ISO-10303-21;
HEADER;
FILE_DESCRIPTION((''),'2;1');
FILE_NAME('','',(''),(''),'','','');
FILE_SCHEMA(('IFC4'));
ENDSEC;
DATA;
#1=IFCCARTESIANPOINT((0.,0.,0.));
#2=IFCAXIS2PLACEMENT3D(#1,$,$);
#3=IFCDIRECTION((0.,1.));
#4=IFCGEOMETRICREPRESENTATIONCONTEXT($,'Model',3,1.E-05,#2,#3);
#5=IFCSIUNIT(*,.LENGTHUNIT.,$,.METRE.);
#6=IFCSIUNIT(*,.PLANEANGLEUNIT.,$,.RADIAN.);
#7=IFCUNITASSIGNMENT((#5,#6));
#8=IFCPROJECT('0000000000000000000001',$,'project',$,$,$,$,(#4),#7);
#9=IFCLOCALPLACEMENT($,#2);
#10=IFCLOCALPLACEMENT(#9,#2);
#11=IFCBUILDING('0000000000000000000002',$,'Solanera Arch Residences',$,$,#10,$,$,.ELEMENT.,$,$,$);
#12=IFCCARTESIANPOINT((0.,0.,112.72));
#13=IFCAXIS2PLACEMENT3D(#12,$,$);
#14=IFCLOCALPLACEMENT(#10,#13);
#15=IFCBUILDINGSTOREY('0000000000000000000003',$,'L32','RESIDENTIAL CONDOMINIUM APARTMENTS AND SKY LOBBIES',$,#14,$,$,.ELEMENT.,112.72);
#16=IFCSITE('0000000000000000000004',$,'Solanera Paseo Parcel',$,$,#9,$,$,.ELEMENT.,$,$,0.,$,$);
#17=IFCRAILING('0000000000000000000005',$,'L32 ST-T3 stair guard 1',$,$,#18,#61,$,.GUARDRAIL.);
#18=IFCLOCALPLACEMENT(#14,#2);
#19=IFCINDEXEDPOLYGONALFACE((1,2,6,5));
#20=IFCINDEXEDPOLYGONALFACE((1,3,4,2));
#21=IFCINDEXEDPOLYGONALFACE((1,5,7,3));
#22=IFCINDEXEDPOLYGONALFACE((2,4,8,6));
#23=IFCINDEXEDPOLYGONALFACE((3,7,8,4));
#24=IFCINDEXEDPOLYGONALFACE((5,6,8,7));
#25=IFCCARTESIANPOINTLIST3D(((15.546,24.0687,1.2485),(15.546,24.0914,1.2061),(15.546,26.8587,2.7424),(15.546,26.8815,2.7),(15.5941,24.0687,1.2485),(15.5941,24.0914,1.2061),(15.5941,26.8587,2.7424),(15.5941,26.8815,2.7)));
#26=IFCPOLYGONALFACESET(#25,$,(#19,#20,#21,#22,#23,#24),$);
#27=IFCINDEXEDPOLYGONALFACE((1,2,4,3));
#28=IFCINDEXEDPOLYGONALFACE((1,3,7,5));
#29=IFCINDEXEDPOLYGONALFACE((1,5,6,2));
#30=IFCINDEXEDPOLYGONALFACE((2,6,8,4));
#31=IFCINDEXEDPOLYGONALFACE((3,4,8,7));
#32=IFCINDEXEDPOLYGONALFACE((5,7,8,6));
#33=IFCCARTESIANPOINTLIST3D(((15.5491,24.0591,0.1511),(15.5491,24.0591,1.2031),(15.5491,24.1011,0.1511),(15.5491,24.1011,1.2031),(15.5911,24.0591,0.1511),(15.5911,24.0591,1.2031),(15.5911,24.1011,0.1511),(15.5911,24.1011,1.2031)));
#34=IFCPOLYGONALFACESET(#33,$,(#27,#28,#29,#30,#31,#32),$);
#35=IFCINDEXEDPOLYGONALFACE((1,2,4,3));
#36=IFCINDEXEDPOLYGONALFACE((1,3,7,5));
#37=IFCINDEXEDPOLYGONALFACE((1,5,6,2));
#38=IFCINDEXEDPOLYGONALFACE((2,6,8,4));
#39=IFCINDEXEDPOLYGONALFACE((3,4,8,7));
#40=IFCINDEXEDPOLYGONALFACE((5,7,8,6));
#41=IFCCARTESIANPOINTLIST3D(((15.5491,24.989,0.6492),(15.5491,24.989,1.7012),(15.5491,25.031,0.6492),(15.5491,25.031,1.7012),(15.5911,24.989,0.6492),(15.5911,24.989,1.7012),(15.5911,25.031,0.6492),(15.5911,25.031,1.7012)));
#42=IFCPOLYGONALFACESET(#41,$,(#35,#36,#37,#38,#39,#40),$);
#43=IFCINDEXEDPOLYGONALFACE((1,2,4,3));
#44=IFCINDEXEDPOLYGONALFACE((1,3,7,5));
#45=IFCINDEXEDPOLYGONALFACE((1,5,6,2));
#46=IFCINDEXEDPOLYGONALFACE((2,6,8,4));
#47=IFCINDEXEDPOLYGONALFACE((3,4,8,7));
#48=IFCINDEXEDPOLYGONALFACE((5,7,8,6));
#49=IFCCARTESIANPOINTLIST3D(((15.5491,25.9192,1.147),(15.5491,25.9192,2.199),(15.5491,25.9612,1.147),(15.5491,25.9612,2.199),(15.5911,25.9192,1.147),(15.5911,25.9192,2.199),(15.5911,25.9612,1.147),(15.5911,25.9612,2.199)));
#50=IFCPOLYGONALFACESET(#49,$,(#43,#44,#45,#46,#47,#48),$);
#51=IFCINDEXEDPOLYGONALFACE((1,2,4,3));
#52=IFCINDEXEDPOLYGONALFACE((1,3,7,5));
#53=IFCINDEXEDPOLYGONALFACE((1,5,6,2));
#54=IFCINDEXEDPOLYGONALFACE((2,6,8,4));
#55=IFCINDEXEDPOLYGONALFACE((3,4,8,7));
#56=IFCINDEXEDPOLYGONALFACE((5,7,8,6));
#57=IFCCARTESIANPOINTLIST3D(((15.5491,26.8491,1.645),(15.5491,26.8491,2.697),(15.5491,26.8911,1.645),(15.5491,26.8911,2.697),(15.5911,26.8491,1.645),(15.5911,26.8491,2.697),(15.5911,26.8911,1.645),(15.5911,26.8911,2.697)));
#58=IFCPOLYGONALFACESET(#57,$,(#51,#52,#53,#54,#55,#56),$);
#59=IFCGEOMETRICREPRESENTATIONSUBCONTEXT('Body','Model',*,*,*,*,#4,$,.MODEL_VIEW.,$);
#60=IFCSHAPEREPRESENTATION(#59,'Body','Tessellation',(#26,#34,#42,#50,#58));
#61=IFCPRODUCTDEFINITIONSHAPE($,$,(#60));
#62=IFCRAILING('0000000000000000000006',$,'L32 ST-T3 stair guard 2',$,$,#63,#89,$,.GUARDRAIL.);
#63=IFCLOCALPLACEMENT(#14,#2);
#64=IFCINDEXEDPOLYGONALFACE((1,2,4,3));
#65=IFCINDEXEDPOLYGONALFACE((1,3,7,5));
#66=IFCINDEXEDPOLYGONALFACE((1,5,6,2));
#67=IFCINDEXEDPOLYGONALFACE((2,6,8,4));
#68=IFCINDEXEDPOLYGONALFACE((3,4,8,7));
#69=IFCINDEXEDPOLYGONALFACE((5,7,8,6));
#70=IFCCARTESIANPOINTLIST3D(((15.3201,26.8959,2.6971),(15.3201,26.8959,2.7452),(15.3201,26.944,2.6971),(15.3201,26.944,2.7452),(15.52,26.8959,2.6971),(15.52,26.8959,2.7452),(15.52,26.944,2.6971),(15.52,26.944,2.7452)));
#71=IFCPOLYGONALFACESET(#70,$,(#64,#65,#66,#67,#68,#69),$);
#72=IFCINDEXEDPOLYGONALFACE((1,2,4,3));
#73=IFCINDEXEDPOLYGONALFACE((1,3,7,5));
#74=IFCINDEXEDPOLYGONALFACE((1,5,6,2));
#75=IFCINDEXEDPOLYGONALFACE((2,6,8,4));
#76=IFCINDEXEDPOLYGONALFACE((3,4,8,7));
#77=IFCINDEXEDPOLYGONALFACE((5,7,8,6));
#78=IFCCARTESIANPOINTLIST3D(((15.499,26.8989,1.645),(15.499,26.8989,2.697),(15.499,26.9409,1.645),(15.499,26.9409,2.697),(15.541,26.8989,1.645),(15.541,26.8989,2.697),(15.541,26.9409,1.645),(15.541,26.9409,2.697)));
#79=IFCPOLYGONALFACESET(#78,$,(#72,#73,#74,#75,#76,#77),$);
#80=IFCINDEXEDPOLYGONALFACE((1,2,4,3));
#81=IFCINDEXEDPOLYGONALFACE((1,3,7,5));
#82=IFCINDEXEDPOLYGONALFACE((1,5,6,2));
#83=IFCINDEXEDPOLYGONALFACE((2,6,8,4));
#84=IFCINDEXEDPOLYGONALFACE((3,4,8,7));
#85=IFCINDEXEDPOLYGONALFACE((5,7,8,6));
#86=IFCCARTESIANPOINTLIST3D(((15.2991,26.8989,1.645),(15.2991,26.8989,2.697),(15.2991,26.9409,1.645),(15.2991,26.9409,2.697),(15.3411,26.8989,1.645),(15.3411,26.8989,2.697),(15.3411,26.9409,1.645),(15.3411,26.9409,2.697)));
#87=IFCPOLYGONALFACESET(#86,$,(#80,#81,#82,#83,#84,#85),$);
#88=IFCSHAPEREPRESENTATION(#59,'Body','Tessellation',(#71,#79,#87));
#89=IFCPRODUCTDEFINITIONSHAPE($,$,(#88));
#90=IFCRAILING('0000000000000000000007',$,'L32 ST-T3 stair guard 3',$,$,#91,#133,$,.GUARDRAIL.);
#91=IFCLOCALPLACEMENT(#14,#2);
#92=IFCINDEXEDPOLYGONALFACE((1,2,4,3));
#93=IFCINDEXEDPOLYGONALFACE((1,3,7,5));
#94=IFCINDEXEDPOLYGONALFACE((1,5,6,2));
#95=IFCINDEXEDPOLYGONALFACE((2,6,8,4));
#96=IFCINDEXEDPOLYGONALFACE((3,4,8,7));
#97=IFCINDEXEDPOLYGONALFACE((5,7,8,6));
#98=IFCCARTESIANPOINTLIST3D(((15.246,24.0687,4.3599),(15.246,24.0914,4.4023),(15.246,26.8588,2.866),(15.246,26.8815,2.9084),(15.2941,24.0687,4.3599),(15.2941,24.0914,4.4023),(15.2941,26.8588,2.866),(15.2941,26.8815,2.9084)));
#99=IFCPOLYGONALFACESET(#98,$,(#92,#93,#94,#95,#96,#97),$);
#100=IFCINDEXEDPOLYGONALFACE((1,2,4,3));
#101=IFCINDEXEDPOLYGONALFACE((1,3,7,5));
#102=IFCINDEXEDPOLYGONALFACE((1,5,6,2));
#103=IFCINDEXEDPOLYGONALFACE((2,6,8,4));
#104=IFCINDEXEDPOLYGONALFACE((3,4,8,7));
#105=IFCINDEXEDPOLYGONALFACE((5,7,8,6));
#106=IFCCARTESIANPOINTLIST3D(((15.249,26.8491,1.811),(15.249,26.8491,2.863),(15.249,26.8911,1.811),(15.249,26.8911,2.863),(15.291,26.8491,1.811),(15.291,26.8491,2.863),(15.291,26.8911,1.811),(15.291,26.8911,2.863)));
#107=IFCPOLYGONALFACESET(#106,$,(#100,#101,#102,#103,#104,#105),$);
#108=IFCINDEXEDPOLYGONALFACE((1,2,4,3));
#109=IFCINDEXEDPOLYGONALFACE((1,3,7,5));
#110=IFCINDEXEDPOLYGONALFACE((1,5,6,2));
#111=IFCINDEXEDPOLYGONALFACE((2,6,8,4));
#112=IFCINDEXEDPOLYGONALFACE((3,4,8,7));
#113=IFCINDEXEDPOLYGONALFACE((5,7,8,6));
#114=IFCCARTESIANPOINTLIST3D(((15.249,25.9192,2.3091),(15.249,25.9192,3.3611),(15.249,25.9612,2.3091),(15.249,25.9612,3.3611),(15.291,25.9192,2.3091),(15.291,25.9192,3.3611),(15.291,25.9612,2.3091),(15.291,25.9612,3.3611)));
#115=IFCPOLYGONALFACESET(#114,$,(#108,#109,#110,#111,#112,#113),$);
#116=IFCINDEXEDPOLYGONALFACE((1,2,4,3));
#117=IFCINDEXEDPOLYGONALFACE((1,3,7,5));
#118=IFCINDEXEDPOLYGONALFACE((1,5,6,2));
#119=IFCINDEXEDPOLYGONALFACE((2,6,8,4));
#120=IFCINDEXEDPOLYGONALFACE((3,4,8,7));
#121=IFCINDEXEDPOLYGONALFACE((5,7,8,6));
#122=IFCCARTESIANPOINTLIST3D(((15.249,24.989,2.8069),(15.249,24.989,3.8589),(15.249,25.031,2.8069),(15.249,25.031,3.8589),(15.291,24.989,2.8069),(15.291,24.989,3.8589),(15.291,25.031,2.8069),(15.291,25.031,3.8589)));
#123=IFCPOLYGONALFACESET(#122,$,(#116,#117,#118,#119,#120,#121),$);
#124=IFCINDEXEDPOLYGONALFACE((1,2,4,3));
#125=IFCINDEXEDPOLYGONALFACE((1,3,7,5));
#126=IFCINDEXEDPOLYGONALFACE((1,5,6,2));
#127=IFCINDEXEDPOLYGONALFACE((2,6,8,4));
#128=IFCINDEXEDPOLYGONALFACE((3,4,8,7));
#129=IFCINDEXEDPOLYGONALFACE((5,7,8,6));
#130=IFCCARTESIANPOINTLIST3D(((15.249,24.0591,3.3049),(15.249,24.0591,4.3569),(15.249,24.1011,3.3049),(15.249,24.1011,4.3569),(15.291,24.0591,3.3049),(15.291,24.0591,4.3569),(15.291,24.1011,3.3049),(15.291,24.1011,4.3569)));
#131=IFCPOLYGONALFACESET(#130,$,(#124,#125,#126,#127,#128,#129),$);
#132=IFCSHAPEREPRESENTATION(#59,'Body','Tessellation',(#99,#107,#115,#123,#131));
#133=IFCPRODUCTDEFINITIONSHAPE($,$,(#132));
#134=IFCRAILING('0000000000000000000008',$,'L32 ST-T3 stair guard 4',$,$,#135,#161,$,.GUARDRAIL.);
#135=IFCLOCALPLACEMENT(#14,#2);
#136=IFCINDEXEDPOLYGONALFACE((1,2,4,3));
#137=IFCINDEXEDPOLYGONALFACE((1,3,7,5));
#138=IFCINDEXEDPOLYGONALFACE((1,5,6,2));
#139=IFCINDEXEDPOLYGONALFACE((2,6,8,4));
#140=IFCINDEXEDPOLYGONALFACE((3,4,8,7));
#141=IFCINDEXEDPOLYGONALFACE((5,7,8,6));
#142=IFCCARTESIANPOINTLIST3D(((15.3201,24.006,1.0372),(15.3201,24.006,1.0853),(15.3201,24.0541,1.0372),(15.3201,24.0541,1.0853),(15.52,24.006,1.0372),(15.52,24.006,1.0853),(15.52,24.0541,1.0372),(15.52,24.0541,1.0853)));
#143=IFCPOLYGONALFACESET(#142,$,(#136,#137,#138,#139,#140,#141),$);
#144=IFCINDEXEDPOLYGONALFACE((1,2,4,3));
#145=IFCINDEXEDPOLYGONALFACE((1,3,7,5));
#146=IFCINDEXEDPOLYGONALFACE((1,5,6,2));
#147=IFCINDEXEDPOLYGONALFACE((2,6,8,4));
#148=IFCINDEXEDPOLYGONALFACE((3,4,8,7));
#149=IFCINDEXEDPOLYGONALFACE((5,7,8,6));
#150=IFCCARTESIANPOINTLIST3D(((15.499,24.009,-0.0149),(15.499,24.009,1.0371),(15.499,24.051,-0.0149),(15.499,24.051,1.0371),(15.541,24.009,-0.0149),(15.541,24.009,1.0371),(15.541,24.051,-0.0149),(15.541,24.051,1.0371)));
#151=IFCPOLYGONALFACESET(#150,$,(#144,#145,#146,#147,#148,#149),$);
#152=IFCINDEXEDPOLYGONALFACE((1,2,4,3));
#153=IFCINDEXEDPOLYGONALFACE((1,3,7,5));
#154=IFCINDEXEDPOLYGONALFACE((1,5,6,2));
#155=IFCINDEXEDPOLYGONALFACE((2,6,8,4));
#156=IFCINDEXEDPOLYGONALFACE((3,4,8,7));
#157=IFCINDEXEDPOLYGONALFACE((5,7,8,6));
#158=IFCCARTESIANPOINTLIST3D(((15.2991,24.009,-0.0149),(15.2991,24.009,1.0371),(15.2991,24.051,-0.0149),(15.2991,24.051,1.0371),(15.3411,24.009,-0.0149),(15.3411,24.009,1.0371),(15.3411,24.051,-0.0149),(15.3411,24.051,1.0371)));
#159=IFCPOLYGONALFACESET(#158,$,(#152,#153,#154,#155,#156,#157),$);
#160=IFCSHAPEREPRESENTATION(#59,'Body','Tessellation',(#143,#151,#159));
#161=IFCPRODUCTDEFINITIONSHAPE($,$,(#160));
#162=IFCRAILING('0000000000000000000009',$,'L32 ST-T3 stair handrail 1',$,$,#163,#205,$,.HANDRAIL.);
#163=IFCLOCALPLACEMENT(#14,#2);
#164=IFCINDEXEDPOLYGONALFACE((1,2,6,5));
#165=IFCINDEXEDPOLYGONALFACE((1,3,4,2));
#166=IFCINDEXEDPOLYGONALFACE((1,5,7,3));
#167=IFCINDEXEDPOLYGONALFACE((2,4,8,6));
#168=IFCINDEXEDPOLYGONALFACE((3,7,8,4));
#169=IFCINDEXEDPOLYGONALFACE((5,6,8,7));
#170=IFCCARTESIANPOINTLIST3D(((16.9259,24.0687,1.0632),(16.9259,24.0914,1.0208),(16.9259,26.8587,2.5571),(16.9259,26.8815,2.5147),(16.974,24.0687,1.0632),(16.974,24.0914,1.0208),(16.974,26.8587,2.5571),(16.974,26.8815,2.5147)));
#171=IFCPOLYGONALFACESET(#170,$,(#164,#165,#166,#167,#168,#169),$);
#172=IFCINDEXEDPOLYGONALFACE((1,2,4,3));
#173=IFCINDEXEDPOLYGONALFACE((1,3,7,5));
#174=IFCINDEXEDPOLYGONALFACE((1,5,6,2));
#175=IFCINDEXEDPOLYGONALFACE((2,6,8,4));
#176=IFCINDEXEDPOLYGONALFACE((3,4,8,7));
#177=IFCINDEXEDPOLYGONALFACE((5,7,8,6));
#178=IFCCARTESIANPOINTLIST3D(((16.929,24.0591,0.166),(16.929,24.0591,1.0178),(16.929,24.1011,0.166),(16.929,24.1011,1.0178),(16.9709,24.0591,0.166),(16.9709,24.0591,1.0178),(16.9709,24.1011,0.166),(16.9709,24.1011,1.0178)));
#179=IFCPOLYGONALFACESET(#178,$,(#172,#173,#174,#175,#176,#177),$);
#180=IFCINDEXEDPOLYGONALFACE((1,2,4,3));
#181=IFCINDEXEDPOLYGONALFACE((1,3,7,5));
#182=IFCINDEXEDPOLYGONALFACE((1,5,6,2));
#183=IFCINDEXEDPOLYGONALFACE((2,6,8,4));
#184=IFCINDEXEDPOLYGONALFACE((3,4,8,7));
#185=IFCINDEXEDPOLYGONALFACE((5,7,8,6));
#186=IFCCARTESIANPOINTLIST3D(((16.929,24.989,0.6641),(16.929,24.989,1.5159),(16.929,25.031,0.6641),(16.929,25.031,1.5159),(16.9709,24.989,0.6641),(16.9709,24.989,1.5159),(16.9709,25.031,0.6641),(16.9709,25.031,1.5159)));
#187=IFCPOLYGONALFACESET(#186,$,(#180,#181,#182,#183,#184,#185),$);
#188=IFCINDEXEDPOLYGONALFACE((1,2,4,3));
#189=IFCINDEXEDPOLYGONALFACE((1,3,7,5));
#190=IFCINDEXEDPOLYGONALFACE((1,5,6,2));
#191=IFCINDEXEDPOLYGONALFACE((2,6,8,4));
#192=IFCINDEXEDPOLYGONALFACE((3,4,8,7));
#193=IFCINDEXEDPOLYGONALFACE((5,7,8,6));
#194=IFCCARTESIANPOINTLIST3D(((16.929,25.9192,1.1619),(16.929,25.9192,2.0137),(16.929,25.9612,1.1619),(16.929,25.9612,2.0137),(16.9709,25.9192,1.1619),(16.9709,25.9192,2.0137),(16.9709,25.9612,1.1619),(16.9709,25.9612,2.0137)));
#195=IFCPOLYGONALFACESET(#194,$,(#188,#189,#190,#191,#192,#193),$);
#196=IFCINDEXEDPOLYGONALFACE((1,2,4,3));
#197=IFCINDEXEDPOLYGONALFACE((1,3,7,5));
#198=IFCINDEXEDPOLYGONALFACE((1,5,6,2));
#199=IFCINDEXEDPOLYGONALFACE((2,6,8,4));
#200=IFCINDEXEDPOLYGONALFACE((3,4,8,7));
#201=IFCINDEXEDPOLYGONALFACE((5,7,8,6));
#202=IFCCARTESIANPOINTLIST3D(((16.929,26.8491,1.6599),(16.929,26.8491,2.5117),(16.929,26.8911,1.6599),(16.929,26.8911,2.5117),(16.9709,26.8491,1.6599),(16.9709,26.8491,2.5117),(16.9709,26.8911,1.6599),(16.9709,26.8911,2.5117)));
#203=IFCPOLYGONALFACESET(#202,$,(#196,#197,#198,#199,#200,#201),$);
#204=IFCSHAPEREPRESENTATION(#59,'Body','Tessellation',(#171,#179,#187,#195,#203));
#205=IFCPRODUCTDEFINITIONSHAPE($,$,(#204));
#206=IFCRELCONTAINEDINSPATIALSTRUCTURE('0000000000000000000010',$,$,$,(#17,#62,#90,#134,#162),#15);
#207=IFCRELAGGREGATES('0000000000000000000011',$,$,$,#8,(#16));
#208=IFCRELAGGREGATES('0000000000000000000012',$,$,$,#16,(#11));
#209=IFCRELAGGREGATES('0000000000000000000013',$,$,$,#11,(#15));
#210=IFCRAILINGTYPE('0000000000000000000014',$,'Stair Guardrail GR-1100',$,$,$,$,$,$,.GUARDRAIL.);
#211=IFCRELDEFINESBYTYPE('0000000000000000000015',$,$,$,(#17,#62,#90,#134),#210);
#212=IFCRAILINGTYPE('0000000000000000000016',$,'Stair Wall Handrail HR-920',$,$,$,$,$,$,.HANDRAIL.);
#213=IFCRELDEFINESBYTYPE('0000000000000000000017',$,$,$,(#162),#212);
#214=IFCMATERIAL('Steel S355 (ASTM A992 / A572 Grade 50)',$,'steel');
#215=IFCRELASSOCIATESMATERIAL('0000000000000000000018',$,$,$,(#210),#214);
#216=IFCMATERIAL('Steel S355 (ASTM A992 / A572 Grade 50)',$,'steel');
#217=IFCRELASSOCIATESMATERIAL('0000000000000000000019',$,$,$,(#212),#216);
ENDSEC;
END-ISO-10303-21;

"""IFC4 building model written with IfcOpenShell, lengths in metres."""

from ifc_helpers import new_model, si_unit, direction, frame, origin, origin_2d, place, context, subcontext, project, spatial, rectangle, extrude, material, type_object, element, save


model = new_model("IFC4")

# Units and contexts
model_context = context("Model", 3, precision=1e-05, world=origin(), true_north=direction((0.0, 1.0)))
body_context = subcontext(model_context, "Body", "Model", "MODEL_VIEW")
ifc_project = project(units=[si_unit("LENGTHUNIT", "METRE"), si_unit("PLANEANGLEUNIT", "RADIAN")], contexts=[model_context])

# Site, building, storey
site_placement = place(None, origin())
site = spatial("IfcSite", under=ifc_project, at=site_placement, Name="Solanera Paseo Parcel", CompositionType="ELEMENT", RefElevation=0.0)
building_placement = place(site_placement, origin())
building = spatial("IfcBuilding", under=site, at=building_placement, Name="Solanera Arch Residences", CompositionType="ELEMENT")
storey_placement = place(building_placement, frame((0.0, 0.0, 112.72)))
storey = spatial("IfcBuildingStorey", under=building, at=storey_placement, Name="L32", Description="RESIDENTIAL CONDOMINIUM APARTMENTS AND SKY LOBBIES", CompositionType="ELEMENT", Elevation=112.72)

# Railings
ifc_material_1 = material(Name="Steel S355 (ASTM A992 / A572 Grade 50)", Category="steel")
railing_type_1 = type_object("IfcRailingType", Name="Stair Guardrail GR-1100", PredefinedType="GUARDRAIL", material=ifc_material_1)
railing_1_placement = place(storey_placement, frame((15.5701, 24.0801, 0.1511)))
element("IfcRailing", 1, at=railing_1_placement, inside=storey, type_object=railing_type_1, Name="L32 ST-T3 stair guard 1", PredefinedType="GUARDRAIL", context=body_context, shape_type="SweptSolid", body=[
    extrude(rectangle(XDim=0.0481, YDim=0.0481, at=origin_2d()), frame((0.0, 0.0, 1.0762), z_axis=(0.0, 0.881581, 0.472033), x_axis=(-1.0, 0.0, 0.0)), (0.0, 0.0, 1.0), 3.1648),
    extrude(rectangle(XDim=0.042, YDim=0.042, at=origin_2d()), origin(), (0.0, 0.0, 1.0), 1.052),
    extrude(rectangle(XDim=0.042, YDim=0.042, at=origin_2d()), frame((0.0, 0.9299, 0.498)), (0.0, 0.0, 1.0), 1.052),
    extrude(rectangle(XDim=0.042, YDim=0.042, at=origin_2d()), frame((0.0, 1.8601, 0.9958)), (0.0, 0.0, 1.0), 1.052),
    extrude(rectangle(XDim=0.042, YDim=0.042, at=origin_2d()), frame((0.0, 2.79, 1.4939)), (0.0, 0.0, 1.0), 1.052),
])
railing_2_placement = place(storey_placement, frame((15.52, 26.9199, 1.645)))
element("IfcRailing", 2, at=railing_2_placement, inside=storey, type_object=railing_type_1, Name="L32 ST-T3 stair guard 2", PredefinedType="GUARDRAIL", context=body_context, shape_type="SweptSolid", body=[
    extrude(rectangle(XDim=0.0481, YDim=0.0481, at=origin_2d()), frame((0.0, 0.0, 1.0762), z_axis=(-1.0, 0.0, 0.0), x_axis=(0.0, -1.0, 0.0)), (0.0, 0.0, 1.0), 0.2),
    extrude(rectangle(XDim=0.042, YDim=0.042, at=origin_2d()), origin(), (0.0, 0.0, 1.0), 1.052),
    extrude(rectangle(XDim=0.042, YDim=0.042, at=origin_2d()), frame((-0.2, 0.0, 0.0)), (0.0, 0.0, 1.0), 1.052),
])
railing_3_placement = place(storey_placement, frame((15.27, 26.8701, 1.811)))
element("IfcRailing", 3, at=railing_3_placement, inside=storey, type_object=railing_type_1, Name="L32 ST-T3 stair guard 3", PredefinedType="GUARDRAIL", context=body_context, shape_type="SweptSolid", body=[
    extrude(rectangle(XDim=0.0481, YDim=0.0481, at=origin_2d()), frame((0.0, 0.0, 1.0762), z_axis=(0.0, -0.881581, 0.472033), x_axis=(1.0, 0.0, 0.0)), (0.0, 0.0, 1.0), 3.1648),
    extrude(rectangle(XDim=0.042, YDim=0.042, at=origin_2d()), origin(), (0.0, 0.0, 1.0), 1.052),
    extrude(rectangle(XDim=0.042, YDim=0.042, at=origin_2d()), frame((0.0, -0.9299, 0.498)), (0.0, 0.0, 1.0), 1.052),
    extrude(rectangle(XDim=0.042, YDim=0.042, at=origin_2d()), frame((0.0, -1.8601, 0.9958)), (0.0, 0.0, 1.0), 1.052),
    extrude(rectangle(XDim=0.042, YDim=0.042, at=origin_2d()), frame((0.0, -2.79, 1.4939)), (0.0, 0.0, 1.0), 1.052),
])
railing_4_placement = place(storey_placement, frame((15.52, 24.03, -0.0149)))
element("IfcRailing", 4, at=railing_4_placement, inside=storey, type_object=railing_type_1, Name="L32 ST-T3 stair guard 4", PredefinedType="GUARDRAIL", context=body_context, shape_type="SweptSolid", body=[
    extrude(rectangle(XDim=0.0481, YDim=0.0481, at=origin_2d()), frame((0.0, 0.0, 1.0762), z_axis=(-1.0, 0.0, 0.0), x_axis=(0.0, -1.0, 0.0)), (0.0, 0.0, 1.0), 0.2),
    extrude(rectangle(XDim=0.042, YDim=0.042, at=origin_2d()), origin(), (0.0, 0.0, 1.0), 1.052),
    extrude(rectangle(XDim=0.042, YDim=0.042, at=origin_2d()), frame((-0.2, 0.0, 0.0)), (0.0, 0.0, 1.0), 1.052),
])
ifc_material_2 = material(Name="Steel S355 (ASTM A992 / A572 Grade 50)", Category="steel")
railing_type_2 = type_object("IfcRailingType", Name="Stair Wall Handrail HR-920", PredefinedType="HANDRAIL", material=ifc_material_2)
railing_5_placement = place(storey_placement, frame((16.95, 24.0801, 0.166)))
element("IfcRailing", 5, at=railing_5_placement, inside=storey, type_object=railing_type_2, Name="L32 ST-T3 stair handrail 1", PredefinedType="HANDRAIL", context=body_context, shape_type="SweptSolid", body=[
    extrude(rectangle(XDim=0.0481, YDim=0.0481, at=origin_2d()), frame((0.0, 0.0, 0.876), z_axis=(0.0, 0.881581, 0.472033), x_axis=(-1.0, 0.0, 0.0)), (0.0, 0.0, 1.0), 3.1648),
    extrude(rectangle(XDim=0.042, YDim=0.042, at=origin_2d()), origin(), (0.0, 0.0, 1.0), 0.8518),
    extrude(rectangle(XDim=0.042, YDim=0.042, at=origin_2d()), frame((0.0, 0.9299, 0.498)), (0.0, 0.0, 1.0), 0.8518),
    extrude(rectangle(XDim=0.042, YDim=0.042, at=origin_2d()), frame((0.0, 1.8601, 0.9958)), (0.0, 0.0, 1.0), 0.8518),
    extrude(rectangle(XDim=0.042, YDim=0.042, at=origin_2d()), frame((0.0, 2.79, 1.4939)), (0.0, 0.0, 1.0), 0.8518),
])

save(model, "model.ifc")
